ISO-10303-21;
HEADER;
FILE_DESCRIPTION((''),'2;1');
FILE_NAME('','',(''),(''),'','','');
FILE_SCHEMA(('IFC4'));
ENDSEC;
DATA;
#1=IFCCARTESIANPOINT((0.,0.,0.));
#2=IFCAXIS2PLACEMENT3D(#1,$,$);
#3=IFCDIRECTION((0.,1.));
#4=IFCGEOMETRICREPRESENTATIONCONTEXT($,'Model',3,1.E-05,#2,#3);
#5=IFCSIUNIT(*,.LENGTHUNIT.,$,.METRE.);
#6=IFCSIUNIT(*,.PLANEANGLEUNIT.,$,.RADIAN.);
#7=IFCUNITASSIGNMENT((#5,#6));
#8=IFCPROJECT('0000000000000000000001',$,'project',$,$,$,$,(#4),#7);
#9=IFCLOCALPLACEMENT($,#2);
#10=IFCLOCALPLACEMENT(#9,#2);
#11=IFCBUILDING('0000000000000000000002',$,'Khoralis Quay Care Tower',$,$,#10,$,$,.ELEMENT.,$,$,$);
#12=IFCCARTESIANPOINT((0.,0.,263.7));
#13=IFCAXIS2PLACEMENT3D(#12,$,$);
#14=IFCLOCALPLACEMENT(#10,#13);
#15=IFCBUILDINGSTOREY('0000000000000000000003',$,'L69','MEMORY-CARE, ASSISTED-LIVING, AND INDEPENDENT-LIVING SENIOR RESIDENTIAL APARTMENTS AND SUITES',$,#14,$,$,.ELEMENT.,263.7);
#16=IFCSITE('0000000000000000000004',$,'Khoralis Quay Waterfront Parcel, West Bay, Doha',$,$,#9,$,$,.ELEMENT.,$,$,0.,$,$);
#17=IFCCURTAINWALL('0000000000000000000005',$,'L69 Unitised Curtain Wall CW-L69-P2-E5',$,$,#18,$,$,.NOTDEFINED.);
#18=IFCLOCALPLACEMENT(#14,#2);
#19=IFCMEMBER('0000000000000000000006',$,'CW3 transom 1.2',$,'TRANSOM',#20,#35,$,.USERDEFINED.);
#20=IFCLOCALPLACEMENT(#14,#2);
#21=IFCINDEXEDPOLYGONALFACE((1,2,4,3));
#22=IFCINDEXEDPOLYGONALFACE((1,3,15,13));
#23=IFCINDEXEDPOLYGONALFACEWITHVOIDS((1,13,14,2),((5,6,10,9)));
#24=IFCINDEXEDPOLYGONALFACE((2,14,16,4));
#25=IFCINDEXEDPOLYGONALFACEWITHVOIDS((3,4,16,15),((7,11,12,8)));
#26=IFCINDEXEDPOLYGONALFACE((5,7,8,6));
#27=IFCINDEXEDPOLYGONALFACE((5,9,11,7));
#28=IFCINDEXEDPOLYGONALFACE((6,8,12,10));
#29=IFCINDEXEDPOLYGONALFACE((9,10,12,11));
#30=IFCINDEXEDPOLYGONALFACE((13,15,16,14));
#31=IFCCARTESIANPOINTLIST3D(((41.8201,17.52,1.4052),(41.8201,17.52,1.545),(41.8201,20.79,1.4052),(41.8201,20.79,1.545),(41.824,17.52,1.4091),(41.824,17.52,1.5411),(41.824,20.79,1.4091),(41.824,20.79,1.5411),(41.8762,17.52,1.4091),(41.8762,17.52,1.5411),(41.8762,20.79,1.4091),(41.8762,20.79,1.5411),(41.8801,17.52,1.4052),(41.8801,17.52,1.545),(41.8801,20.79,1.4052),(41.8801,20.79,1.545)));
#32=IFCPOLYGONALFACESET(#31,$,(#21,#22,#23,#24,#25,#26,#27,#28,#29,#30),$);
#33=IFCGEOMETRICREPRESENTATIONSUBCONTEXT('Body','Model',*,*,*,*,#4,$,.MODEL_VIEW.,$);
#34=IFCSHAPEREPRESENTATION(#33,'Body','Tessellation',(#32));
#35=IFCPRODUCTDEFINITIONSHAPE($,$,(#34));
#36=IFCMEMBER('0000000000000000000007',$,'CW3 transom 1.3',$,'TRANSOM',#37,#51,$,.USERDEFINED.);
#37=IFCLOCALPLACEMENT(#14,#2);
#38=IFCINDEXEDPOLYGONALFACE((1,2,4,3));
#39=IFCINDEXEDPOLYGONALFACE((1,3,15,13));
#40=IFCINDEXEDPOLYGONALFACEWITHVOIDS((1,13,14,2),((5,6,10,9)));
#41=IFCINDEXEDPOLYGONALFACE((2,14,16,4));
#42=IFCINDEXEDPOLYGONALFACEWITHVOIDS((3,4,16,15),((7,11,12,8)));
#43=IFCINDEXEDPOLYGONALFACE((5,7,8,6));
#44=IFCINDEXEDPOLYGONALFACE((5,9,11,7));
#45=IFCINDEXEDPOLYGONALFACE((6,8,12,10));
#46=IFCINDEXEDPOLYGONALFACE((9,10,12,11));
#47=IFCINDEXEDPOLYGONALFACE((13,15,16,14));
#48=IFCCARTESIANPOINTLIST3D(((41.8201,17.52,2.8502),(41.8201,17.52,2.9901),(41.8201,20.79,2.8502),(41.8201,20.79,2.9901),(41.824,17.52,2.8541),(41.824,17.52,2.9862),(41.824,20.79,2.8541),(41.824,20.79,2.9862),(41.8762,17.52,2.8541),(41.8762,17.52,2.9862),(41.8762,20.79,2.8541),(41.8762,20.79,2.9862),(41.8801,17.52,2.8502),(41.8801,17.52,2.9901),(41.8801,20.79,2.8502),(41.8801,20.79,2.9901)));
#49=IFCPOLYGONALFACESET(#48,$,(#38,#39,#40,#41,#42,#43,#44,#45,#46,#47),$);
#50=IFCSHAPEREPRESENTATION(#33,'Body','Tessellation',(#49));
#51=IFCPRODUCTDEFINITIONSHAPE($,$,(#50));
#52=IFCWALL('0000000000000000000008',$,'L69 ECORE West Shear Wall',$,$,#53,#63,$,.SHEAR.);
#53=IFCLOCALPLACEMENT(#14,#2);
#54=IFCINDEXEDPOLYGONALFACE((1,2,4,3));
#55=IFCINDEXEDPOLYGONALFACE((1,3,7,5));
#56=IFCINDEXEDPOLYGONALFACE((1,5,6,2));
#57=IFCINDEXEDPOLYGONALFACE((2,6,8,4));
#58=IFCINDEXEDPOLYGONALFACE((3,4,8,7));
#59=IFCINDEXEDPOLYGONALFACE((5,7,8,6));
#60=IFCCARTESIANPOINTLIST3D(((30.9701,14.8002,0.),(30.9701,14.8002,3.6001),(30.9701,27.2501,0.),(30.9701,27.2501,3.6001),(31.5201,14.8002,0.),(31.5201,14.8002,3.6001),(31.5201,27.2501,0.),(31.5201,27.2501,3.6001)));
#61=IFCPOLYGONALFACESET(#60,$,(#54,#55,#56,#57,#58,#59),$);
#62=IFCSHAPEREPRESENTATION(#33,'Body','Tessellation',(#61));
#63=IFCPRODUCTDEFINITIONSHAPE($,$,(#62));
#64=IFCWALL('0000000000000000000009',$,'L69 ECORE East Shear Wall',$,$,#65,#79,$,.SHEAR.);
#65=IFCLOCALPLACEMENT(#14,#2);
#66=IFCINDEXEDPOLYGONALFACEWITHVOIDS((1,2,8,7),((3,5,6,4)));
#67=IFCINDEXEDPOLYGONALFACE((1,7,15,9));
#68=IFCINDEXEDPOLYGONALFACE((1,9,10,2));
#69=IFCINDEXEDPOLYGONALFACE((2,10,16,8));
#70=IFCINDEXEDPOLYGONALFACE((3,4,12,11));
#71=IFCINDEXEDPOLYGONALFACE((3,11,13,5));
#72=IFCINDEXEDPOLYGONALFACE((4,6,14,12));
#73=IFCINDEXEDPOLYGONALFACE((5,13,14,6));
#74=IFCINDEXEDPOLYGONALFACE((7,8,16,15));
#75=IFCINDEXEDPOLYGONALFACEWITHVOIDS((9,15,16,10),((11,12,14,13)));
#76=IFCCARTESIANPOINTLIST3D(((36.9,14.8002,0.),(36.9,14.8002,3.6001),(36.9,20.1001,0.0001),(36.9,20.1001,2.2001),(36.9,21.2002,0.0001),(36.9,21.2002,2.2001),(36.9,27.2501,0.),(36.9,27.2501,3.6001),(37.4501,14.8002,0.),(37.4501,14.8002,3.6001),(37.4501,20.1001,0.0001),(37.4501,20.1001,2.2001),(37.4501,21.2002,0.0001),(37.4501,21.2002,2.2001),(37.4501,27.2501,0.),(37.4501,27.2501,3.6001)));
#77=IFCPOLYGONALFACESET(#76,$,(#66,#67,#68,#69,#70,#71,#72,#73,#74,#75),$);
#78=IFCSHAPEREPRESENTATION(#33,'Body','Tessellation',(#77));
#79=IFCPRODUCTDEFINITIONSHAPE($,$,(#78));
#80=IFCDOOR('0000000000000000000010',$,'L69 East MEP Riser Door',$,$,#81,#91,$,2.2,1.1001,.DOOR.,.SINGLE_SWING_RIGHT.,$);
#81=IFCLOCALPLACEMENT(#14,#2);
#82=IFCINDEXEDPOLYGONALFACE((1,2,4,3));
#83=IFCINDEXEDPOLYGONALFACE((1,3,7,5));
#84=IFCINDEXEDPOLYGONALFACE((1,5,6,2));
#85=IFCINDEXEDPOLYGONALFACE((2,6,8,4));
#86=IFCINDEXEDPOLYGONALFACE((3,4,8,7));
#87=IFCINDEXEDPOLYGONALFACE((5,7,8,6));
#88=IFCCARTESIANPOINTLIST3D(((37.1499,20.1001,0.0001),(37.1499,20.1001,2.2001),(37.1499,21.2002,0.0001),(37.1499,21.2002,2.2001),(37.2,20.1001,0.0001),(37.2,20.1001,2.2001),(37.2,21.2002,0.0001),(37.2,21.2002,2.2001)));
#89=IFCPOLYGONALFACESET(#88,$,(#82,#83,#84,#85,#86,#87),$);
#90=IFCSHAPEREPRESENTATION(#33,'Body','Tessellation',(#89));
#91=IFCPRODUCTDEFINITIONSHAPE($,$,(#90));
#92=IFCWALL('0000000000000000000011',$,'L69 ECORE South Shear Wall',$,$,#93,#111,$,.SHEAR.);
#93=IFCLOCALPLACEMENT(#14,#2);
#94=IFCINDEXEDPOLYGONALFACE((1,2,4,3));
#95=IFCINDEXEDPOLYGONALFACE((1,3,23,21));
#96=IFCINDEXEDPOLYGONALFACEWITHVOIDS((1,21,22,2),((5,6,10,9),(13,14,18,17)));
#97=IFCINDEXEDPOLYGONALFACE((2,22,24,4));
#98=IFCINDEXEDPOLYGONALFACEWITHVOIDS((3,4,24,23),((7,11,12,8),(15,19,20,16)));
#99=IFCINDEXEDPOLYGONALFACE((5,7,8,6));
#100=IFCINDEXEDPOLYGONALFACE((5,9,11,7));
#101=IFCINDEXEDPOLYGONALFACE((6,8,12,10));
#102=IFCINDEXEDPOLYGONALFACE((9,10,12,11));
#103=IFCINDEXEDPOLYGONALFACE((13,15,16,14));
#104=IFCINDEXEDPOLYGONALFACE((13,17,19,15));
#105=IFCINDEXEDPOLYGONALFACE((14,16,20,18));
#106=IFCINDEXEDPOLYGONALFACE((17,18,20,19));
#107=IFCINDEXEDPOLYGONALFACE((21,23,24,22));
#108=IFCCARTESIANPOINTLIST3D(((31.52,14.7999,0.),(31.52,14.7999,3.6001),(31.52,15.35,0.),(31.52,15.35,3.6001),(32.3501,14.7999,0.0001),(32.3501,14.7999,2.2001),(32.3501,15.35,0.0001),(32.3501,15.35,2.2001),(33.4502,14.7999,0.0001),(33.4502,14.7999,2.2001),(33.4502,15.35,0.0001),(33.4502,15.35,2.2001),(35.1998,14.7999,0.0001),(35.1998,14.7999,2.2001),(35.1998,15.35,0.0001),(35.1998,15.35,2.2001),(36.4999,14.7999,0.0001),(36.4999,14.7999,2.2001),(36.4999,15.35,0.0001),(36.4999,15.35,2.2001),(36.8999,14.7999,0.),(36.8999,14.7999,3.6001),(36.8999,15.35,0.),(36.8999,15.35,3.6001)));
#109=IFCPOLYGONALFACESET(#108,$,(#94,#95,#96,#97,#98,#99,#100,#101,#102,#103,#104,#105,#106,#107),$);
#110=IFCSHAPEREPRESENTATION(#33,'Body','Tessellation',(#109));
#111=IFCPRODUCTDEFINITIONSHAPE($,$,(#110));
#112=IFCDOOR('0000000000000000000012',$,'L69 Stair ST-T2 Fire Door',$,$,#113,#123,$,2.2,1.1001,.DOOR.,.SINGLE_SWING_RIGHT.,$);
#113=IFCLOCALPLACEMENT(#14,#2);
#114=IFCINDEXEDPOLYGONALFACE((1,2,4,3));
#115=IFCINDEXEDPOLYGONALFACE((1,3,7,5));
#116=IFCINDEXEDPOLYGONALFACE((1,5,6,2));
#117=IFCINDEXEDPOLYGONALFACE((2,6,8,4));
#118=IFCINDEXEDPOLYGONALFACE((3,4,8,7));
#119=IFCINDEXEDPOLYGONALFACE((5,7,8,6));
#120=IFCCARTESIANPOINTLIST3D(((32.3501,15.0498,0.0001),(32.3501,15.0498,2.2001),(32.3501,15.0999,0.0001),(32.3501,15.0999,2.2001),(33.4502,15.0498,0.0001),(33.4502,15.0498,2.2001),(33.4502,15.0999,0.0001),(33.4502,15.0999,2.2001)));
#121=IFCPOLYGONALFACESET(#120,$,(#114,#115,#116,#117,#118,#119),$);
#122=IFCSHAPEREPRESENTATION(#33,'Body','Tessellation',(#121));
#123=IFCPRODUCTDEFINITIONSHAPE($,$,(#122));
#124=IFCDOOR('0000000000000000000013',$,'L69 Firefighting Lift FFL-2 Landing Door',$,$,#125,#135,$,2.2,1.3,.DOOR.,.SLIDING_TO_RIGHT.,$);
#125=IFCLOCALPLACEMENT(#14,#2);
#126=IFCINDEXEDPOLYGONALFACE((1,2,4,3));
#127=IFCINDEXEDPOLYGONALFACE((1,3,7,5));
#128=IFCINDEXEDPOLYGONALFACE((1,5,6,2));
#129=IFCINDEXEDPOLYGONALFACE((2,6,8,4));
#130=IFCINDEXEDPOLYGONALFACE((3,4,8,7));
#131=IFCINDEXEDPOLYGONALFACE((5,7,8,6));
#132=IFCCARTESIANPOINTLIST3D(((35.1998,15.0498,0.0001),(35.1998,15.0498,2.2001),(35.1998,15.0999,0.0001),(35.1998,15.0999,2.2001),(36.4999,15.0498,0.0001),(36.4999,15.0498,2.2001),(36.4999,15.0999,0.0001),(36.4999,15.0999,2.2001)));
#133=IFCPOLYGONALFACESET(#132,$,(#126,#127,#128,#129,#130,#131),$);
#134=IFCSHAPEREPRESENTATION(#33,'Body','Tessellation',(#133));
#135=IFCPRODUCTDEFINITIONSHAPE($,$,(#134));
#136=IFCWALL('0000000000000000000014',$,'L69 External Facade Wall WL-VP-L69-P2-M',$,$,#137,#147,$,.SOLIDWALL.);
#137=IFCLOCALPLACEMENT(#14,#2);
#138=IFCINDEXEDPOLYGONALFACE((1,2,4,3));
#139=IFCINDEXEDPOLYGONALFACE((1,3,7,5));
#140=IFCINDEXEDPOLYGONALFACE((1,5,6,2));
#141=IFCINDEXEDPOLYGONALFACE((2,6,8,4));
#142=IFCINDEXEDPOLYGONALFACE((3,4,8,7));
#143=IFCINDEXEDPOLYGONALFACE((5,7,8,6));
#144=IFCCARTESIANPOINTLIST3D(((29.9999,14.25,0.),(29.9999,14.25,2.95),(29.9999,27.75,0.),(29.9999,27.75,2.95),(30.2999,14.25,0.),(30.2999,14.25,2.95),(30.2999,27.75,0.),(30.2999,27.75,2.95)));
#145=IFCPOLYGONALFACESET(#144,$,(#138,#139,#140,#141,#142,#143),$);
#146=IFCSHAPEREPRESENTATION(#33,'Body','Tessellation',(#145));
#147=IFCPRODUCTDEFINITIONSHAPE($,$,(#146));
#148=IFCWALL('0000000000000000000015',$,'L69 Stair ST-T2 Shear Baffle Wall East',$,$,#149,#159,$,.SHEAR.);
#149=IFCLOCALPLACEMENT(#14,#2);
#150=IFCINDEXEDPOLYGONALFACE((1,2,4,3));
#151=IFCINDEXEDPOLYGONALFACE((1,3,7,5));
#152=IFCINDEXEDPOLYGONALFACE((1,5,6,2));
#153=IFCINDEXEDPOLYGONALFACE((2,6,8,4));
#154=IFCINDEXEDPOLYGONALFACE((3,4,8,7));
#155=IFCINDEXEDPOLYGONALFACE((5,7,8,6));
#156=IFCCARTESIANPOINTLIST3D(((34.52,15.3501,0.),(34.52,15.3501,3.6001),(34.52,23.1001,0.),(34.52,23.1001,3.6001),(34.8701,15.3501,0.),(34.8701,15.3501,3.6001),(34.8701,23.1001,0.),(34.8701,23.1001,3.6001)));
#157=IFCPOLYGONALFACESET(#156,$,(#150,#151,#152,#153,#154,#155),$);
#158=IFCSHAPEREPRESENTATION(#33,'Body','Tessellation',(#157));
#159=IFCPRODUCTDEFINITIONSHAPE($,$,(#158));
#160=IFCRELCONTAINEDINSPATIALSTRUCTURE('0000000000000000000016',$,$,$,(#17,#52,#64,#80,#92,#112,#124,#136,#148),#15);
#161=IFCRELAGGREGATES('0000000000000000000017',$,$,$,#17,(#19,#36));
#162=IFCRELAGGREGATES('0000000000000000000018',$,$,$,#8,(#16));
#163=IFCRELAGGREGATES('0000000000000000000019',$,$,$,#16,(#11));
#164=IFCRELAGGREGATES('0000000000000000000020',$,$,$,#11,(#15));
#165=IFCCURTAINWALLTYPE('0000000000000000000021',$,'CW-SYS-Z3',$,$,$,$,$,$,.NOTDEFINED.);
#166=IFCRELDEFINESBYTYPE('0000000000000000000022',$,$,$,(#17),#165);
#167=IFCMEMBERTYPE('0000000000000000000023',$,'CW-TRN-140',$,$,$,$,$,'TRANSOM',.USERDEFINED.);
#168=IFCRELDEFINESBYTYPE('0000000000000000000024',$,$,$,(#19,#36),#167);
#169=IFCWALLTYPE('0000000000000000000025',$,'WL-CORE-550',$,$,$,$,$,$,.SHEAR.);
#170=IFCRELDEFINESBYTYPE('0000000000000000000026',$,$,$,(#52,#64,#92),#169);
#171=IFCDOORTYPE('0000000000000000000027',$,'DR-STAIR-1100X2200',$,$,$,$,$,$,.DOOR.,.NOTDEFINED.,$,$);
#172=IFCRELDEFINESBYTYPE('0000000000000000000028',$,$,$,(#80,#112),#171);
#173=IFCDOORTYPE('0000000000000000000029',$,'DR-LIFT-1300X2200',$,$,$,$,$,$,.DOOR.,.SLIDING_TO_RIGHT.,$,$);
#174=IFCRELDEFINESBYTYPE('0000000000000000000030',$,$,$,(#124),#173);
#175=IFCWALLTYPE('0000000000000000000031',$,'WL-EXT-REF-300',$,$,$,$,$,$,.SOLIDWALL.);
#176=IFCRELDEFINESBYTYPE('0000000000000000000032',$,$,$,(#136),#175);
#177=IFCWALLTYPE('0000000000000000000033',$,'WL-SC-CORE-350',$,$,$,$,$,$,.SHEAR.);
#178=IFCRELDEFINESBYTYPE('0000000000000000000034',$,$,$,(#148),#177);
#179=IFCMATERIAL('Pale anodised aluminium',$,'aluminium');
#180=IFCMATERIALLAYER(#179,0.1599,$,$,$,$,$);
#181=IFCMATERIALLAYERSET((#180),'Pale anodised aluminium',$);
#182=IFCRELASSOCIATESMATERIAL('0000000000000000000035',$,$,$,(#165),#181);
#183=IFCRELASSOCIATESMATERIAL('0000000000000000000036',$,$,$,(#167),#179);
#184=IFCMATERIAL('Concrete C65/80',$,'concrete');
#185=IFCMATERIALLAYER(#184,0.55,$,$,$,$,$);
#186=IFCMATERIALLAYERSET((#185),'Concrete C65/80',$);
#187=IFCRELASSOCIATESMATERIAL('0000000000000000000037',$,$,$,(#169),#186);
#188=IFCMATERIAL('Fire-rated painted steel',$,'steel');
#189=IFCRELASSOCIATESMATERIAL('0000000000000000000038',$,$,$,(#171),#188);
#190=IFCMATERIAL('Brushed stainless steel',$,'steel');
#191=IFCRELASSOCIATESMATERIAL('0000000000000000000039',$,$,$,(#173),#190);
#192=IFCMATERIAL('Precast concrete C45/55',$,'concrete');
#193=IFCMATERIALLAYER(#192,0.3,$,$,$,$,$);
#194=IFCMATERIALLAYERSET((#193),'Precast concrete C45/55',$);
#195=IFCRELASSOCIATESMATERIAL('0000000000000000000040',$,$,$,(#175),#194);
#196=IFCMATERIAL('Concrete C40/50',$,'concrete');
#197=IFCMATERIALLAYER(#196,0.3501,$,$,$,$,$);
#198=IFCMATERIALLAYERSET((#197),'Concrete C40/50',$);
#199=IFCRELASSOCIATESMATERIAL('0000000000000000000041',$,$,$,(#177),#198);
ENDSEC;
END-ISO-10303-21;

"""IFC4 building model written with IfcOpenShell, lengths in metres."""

from ifc_helpers import new_model, si_unit, direction, frame, frame_2d, origin, origin_2d, place, context, subcontext, project, spatial, rectangle, hollow_rectangle, extrude, source, transform, mapped, material, layer, layer_set, material_profile, profile_set, type_object, element, fill, aggregate, save


model = new_model("IFC4")

# Units and contexts
model_context = context("Model", 3, precision=1e-05, world=origin(), true_north=direction((0.0, 1.0)))
body_context = subcontext(model_context, "Body", "Model", "MODEL_VIEW")
ifc_project = project(units=[si_unit("LENGTHUNIT", "METRE"), si_unit("PLANEANGLEUNIT", "RADIAN")], contexts=[model_context])

# Site, building, storey
site_placement = place(None, origin())
site = spatial("IfcSite", under=ifc_project, at=site_placement, Name="Khoralis Quay Waterfront Parcel, West Bay, Doha", CompositionType="ELEMENT", RefElevation=0.0)
building_placement = place(site_placement, origin())
building = spatial("IfcBuilding", under=site, at=building_placement, Name="Khoralis Quay Care Tower", CompositionType="ELEMENT")
storey_placement = place(building_placement, frame((0.0, 0.0, 263.7)))
storey = spatial("IfcBuildingStorey", under=building, at=storey_placement, Name="L69", Description="MEMORY-CARE, ASSISTED-LIVING, AND INDEPENDENT-LIVING SENIOR RESIDENTIAL APARTMENTS AND SUITES", CompositionType="ELEMENT", Elevation=263.7)

# Shared definitions
ifc_material_1 = material(Name="Pale anodised aluminium", Category="aluminium")

# Curtain wall, members
ifc_layer_1 = layer(ifc_material_1, 0.1599)
ifc_layer_set_1 = layer_set([ifc_layer_1], Name="Pale anodised aluminium")
curtain_wall_type_1 = type_object("IfcCurtainWallType", Name="CW-SYS-Z3", PredefinedType="NOTDEFINED", material=ifc_layer_set_1)
curtain_wall_1_placement = place(storey_placement, origin())
curtain_wall_1 = element("IfcCurtainWall", 1, at=curtain_wall_1_placement, inside=storey, type_object=curtain_wall_type_1, Name="L69 Unitised Curtain Wall CW-L69-P2-E5", PredefinedType="NOTDEFINED")
ifc_material_profile_1 = material_profile(ifc_material_1, hollow_rectangle(XDim=0.0601, YDim=0.1399, WallThickness=0.0039, at=origin_2d()), Name="Pale anodised aluminium")
ifc_profile_set_1 = profile_set([ifc_material_profile_1], Name="Pale anodised aluminium")
member_type_1 = type_object("IfcMemberType", Name="CW-TRN-140", ElementType="TRANSOM", PredefinedType="USERDEFINED", material=ifc_profile_set_1)
shared_shape_1 = source(origin(), body_context, "Body", "SweptSolid", [
    extrude(hollow_rectangle(XDim=0.0601, YDim=0.1399, WallThickness=0.0039, at=origin_2d()), origin(), (0.0, 0.0, 1.0), 3.27),
])
member_1_placement = place(storey_placement, frame((41.8501, 17.52, 1.4751), z_axis=(0.0, 1.0, 0.0), x_axis=(-1.0, 0.0, 0.0)))
member_1 = element("IfcMember", 2, at=member_1_placement, type_object=member_type_1, Name="CW3 transom 1.2", ObjectType="TRANSOM", PredefinedType="USERDEFINED", context=body_context, shape_type="MappedRepresentation", body=[
    mapped(shared_shape_1, transform((0.0, 0.0, 0.0), scale=1.0)),
])
member_2_placement = place(storey_placement, frame((41.8501, 17.52, 2.9202), z_axis=(0.0, 1.0, 0.0), x_axis=(-1.0, 0.0, 0.0)))
member_2 = element("IfcMember", 3, at=member_2_placement, type_object=member_type_1, Name="CW3 transom 1.3", ObjectType="TRANSOM", PredefinedType="USERDEFINED", context=body_context, shape_type="MappedRepresentation", body=[
    mapped(shared_shape_1, transform((0.0, 0.0, 0.0), scale=1.0)),
])
aggregate(curtain_wall_1, [member_1, member_2])

# Wall
ifc_material_2 = material(Name="Concrete C65/80", Category="concrete")
ifc_layer_2 = layer(ifc_material_2, 0.55)
ifc_layer_set_2 = layer_set([ifc_layer_2], Name="Concrete C65/80")
wall_type_1 = type_object("IfcWallType", Name="WL-CORE-550", PredefinedType="SHEAR", material=ifc_layer_set_2)
wall_1_placement = place(storey_placement, frame((31.2451, 14.8, 0.0), z_axis=(0.0, 0.0, 1.0), x_axis=(0.0, 1.0, 0.0)))
element("IfcWall", 4, at=wall_1_placement, inside=storey, type_object=wall_type_1, Name="L69 ECORE West Shear Wall", PredefinedType="SHEAR", context=body_context, shape_type="SweptSolid", body=[
    extrude(rectangle(XDim=12.45, YDim=0.55, at=frame_2d((6.2251, 0.0))), origin(), (0.0, 0.0, 1.0), 3.6001),
])

# Wall, opening, door
wall_2_placement = place(storey_placement, frame((37.175, 14.8, 0.0), z_axis=(0.0, 0.0, 1.0), x_axis=(0.0, 1.0, 0.0)))
wall_2 = element("IfcWall", 5, at=wall_2_placement, inside=storey, type_object=wall_type_1, Name="L69 ECORE East Shear Wall", PredefinedType="SHEAR", context=body_context, shape_type="SweptSolid", body=[
    extrude(rectangle(XDim=12.45, YDim=0.55, at=frame_2d((6.2251, 0.0))), origin(), (0.0, 0.0, 1.0), 3.6001),
])
opening_1_placement = place(wall_2_placement, frame((5.3, 0.0, 0.0)))
opening_1 = element("IfcOpeningElement", 6, at=opening_1_placement, cuts=wall_2, PredefinedType="OPENING", context=body_context, shape_type="SweptSolid", body=[
    extrude(rectangle(XDim=1.1001, YDim=2.2, at=frame_2d((0.55, 1.1001))), frame((0.0, 0.2852, 0.0), z_axis=(0.0, -1.0, 0.0), x_axis=(1.0, 0.0, 0.0)), (0.0, 0.0, 1.0), 0.5701),
])
ifc_material_3 = material(Name="Fire-rated painted steel", Category="steel")
door_type_1 = type_object("IfcDoorType", Name="DR-STAIR-1100X2200", OperationType="NOTDEFINED", PredefinedType="DOOR", material=ifc_material_3)
shared_shape_2 = source(origin(), body_context, "Body", "SweptSolid", [
    extrude(rectangle(XDim=1.1001, YDim=2.2, at=frame_2d((0.55, 1.1001))), frame((0.0, 0.0249, 0.0), z_axis=(0.0, -1.0, 0.0), x_axis=(1.0, 0.0, 0.0)), (0.0, 0.0, 1.0), 0.05),
])
door_1_placement = place(opening_1_placement, frame((1.1001, 0.0, 0.0), z_axis=(0.0, 0.0, 1.0), x_axis=(-1.0, 0.0, 0.0)))
door_1 = element("IfcDoor", 7, at=door_1_placement, inside=storey, type_object=door_type_1, Name="L69 East MEP Riser Door", OperationType="SINGLE_SWING_RIGHT", OverallHeight=2.2, OverallWidth=1.1001, PredefinedType="DOOR", context=body_context, shape_type="MappedRepresentation", body=[
    mapped(shared_shape_2, transform((0.0, 0.0, 0.0), scale=1.0)),
])
fill(opening_1, door_1)

# Wall, openings, doors
wall_3_placement = place(storey_placement, frame((31.52, 15.075, 0.0), z_axis=(0.0, 0.0, 1.0), x_axis=(1.0, 0.0, 0.0)))
wall_3 = element("IfcWall", 8, at=wall_3_placement, inside=storey, type_object=wall_type_1, Name="L69 ECORE South Shear Wall", PredefinedType="SHEAR", context=body_context, shape_type="SweptSolid", body=[
    extrude(rectangle(XDim=5.3799, YDim=0.55, at=frame_2d((2.6899, 0.0))), origin(), (0.0, 0.0, 1.0), 3.6001),
])
opening_2_placement = place(wall_3_placement, frame((0.8301, 0.0, 0.0)))
opening_2 = element("IfcOpeningElement", 9, at=opening_2_placement, cuts=wall_3, PredefinedType="OPENING", context=body_context, shape_type="SweptSolid", body=[
    extrude(rectangle(XDim=1.1001, YDim=2.2, at=frame_2d((0.55, 1.1001))), frame((0.0, 0.2852, 0.0), z_axis=(0.0, -1.0, 0.0), x_axis=(1.0, 0.0, 0.0)), (0.0, 0.0, 1.0), 0.5701),
])
opening_3_placement = place(wall_3_placement, frame((3.6799, 0.0, 0.0)))
opening_3 = element("IfcOpeningElement", 10, at=opening_3_placement, cuts=wall_3, PredefinedType="OPENING", context=body_context, shape_type="SweptSolid", body=[
    extrude(rectangle(XDim=1.3, YDim=2.2, at=frame_2d((0.6499, 1.1001))), frame((0.0, 0.2852, 0.0), z_axis=(0.0, -1.0, 0.0), x_axis=(1.0, 0.0, 0.0)), (0.0, 0.0, 1.0), 0.5701),
])
door_2_placement = place(opening_2_placement, origin())
door_2 = element("IfcDoor", 11, at=door_2_placement, inside=storey, type_object=door_type_1, Name="L69 Stair ST-T2 Fire Door", OperationType="SINGLE_SWING_RIGHT", OverallHeight=2.2, OverallWidth=1.1001, PredefinedType="DOOR", context=body_context, shape_type="MappedRepresentation", body=[
    mapped(shared_shape_2, transform((0.0, 0.0, 0.0), scale=1.0)),
])
fill(opening_2, door_2)
ifc_material_4 = material(Name="Brushed stainless steel", Category="steel")
door_type_2 = type_object("IfcDoorType", Name="DR-LIFT-1300X2200", OperationType="SLIDING_TO_RIGHT", PredefinedType="DOOR", material=ifc_material_4)
shared_shape_3 = source(origin(), body_context, "Body", "SweptSolid", [
    extrude(rectangle(XDim=1.3, YDim=2.2, at=frame_2d((0.6499, 1.1001))), frame((0.0, 0.0249, 0.0), z_axis=(0.0, -1.0, 0.0), x_axis=(1.0, 0.0, 0.0)), (0.0, 0.0, 1.0), 0.05),
])
door_3_placement = place(opening_3_placement, origin())
door_3 = element("IfcDoor", 12, at=door_3_placement, inside=storey, type_object=door_type_2, Name="L69 Firefighting Lift FFL-2 Landing Door", OperationType="SLIDING_TO_RIGHT", OverallHeight=2.2, OverallWidth=1.3, PredefinedType="DOOR", context=body_context, shape_type="MappedRepresentation", body=[
    mapped(shared_shape_3, transform((0.0, 0.0, 0.0), scale=1.0)),
])
fill(opening_3, door_3)

# Walls
ifc_material_5 = material(Name="Precast concrete C45/55", Category="concrete")
ifc_layer_3 = layer(ifc_material_5, 0.3)
ifc_layer_set_3 = layer_set([ifc_layer_3], Name="Precast concrete C45/55")
wall_type_2 = type_object("IfcWallType", Name="WL-EXT-REF-300", PredefinedType="SOLIDWALL", material=ifc_layer_set_3)
wall_4_placement = place(storey_placement, frame((30.1499, 14.25, 0.0), z_axis=(0.0, 0.0, 1.0), x_axis=(0.0, 1.0, 0.0)))
element("IfcWall", 13, at=wall_4_placement, inside=storey, type_object=wall_type_2, Name="L69 External Facade Wall WL-VP-L69-P2-M", PredefinedType="SOLIDWALL", context=body_context, shape_type="SweptSolid", body=[
    extrude(rectangle(XDim=13.5, YDim=0.3, at=frame_2d((6.75, 0.0))), origin(), (0.0, 0.0, 1.0), 2.95),
])
ifc_material_6 = material(Name="Concrete C40/50", Category="concrete")
ifc_layer_4 = layer(ifc_material_6, 0.3501)
ifc_layer_set_4 = layer_set([ifc_layer_4], Name="Concrete C40/50")
wall_type_3 = type_object("IfcWallType", Name="WL-SC-CORE-350", PredefinedType="SHEAR", material=ifc_layer_set_4)
wall_5_placement = place(storey_placement, frame((34.6951, 15.3501, 0.0), z_axis=(0.0, 0.0, 1.0), x_axis=(0.0, 1.0, 0.0)))
element("IfcWall", 14, at=wall_5_placement, inside=storey, type_object=wall_type_3, Name="L69 Stair ST-T2 Shear Baffle Wall East", PredefinedType="SHEAR", context=body_context, shape_type="SweptSolid", body=[
    extrude(rectangle(XDim=7.75, YDim=0.3501, at=frame_2d((3.875, 0.0))), origin(), (0.0, 0.0, 1.0), 3.6001),
])

save(model, "model.ifc")
